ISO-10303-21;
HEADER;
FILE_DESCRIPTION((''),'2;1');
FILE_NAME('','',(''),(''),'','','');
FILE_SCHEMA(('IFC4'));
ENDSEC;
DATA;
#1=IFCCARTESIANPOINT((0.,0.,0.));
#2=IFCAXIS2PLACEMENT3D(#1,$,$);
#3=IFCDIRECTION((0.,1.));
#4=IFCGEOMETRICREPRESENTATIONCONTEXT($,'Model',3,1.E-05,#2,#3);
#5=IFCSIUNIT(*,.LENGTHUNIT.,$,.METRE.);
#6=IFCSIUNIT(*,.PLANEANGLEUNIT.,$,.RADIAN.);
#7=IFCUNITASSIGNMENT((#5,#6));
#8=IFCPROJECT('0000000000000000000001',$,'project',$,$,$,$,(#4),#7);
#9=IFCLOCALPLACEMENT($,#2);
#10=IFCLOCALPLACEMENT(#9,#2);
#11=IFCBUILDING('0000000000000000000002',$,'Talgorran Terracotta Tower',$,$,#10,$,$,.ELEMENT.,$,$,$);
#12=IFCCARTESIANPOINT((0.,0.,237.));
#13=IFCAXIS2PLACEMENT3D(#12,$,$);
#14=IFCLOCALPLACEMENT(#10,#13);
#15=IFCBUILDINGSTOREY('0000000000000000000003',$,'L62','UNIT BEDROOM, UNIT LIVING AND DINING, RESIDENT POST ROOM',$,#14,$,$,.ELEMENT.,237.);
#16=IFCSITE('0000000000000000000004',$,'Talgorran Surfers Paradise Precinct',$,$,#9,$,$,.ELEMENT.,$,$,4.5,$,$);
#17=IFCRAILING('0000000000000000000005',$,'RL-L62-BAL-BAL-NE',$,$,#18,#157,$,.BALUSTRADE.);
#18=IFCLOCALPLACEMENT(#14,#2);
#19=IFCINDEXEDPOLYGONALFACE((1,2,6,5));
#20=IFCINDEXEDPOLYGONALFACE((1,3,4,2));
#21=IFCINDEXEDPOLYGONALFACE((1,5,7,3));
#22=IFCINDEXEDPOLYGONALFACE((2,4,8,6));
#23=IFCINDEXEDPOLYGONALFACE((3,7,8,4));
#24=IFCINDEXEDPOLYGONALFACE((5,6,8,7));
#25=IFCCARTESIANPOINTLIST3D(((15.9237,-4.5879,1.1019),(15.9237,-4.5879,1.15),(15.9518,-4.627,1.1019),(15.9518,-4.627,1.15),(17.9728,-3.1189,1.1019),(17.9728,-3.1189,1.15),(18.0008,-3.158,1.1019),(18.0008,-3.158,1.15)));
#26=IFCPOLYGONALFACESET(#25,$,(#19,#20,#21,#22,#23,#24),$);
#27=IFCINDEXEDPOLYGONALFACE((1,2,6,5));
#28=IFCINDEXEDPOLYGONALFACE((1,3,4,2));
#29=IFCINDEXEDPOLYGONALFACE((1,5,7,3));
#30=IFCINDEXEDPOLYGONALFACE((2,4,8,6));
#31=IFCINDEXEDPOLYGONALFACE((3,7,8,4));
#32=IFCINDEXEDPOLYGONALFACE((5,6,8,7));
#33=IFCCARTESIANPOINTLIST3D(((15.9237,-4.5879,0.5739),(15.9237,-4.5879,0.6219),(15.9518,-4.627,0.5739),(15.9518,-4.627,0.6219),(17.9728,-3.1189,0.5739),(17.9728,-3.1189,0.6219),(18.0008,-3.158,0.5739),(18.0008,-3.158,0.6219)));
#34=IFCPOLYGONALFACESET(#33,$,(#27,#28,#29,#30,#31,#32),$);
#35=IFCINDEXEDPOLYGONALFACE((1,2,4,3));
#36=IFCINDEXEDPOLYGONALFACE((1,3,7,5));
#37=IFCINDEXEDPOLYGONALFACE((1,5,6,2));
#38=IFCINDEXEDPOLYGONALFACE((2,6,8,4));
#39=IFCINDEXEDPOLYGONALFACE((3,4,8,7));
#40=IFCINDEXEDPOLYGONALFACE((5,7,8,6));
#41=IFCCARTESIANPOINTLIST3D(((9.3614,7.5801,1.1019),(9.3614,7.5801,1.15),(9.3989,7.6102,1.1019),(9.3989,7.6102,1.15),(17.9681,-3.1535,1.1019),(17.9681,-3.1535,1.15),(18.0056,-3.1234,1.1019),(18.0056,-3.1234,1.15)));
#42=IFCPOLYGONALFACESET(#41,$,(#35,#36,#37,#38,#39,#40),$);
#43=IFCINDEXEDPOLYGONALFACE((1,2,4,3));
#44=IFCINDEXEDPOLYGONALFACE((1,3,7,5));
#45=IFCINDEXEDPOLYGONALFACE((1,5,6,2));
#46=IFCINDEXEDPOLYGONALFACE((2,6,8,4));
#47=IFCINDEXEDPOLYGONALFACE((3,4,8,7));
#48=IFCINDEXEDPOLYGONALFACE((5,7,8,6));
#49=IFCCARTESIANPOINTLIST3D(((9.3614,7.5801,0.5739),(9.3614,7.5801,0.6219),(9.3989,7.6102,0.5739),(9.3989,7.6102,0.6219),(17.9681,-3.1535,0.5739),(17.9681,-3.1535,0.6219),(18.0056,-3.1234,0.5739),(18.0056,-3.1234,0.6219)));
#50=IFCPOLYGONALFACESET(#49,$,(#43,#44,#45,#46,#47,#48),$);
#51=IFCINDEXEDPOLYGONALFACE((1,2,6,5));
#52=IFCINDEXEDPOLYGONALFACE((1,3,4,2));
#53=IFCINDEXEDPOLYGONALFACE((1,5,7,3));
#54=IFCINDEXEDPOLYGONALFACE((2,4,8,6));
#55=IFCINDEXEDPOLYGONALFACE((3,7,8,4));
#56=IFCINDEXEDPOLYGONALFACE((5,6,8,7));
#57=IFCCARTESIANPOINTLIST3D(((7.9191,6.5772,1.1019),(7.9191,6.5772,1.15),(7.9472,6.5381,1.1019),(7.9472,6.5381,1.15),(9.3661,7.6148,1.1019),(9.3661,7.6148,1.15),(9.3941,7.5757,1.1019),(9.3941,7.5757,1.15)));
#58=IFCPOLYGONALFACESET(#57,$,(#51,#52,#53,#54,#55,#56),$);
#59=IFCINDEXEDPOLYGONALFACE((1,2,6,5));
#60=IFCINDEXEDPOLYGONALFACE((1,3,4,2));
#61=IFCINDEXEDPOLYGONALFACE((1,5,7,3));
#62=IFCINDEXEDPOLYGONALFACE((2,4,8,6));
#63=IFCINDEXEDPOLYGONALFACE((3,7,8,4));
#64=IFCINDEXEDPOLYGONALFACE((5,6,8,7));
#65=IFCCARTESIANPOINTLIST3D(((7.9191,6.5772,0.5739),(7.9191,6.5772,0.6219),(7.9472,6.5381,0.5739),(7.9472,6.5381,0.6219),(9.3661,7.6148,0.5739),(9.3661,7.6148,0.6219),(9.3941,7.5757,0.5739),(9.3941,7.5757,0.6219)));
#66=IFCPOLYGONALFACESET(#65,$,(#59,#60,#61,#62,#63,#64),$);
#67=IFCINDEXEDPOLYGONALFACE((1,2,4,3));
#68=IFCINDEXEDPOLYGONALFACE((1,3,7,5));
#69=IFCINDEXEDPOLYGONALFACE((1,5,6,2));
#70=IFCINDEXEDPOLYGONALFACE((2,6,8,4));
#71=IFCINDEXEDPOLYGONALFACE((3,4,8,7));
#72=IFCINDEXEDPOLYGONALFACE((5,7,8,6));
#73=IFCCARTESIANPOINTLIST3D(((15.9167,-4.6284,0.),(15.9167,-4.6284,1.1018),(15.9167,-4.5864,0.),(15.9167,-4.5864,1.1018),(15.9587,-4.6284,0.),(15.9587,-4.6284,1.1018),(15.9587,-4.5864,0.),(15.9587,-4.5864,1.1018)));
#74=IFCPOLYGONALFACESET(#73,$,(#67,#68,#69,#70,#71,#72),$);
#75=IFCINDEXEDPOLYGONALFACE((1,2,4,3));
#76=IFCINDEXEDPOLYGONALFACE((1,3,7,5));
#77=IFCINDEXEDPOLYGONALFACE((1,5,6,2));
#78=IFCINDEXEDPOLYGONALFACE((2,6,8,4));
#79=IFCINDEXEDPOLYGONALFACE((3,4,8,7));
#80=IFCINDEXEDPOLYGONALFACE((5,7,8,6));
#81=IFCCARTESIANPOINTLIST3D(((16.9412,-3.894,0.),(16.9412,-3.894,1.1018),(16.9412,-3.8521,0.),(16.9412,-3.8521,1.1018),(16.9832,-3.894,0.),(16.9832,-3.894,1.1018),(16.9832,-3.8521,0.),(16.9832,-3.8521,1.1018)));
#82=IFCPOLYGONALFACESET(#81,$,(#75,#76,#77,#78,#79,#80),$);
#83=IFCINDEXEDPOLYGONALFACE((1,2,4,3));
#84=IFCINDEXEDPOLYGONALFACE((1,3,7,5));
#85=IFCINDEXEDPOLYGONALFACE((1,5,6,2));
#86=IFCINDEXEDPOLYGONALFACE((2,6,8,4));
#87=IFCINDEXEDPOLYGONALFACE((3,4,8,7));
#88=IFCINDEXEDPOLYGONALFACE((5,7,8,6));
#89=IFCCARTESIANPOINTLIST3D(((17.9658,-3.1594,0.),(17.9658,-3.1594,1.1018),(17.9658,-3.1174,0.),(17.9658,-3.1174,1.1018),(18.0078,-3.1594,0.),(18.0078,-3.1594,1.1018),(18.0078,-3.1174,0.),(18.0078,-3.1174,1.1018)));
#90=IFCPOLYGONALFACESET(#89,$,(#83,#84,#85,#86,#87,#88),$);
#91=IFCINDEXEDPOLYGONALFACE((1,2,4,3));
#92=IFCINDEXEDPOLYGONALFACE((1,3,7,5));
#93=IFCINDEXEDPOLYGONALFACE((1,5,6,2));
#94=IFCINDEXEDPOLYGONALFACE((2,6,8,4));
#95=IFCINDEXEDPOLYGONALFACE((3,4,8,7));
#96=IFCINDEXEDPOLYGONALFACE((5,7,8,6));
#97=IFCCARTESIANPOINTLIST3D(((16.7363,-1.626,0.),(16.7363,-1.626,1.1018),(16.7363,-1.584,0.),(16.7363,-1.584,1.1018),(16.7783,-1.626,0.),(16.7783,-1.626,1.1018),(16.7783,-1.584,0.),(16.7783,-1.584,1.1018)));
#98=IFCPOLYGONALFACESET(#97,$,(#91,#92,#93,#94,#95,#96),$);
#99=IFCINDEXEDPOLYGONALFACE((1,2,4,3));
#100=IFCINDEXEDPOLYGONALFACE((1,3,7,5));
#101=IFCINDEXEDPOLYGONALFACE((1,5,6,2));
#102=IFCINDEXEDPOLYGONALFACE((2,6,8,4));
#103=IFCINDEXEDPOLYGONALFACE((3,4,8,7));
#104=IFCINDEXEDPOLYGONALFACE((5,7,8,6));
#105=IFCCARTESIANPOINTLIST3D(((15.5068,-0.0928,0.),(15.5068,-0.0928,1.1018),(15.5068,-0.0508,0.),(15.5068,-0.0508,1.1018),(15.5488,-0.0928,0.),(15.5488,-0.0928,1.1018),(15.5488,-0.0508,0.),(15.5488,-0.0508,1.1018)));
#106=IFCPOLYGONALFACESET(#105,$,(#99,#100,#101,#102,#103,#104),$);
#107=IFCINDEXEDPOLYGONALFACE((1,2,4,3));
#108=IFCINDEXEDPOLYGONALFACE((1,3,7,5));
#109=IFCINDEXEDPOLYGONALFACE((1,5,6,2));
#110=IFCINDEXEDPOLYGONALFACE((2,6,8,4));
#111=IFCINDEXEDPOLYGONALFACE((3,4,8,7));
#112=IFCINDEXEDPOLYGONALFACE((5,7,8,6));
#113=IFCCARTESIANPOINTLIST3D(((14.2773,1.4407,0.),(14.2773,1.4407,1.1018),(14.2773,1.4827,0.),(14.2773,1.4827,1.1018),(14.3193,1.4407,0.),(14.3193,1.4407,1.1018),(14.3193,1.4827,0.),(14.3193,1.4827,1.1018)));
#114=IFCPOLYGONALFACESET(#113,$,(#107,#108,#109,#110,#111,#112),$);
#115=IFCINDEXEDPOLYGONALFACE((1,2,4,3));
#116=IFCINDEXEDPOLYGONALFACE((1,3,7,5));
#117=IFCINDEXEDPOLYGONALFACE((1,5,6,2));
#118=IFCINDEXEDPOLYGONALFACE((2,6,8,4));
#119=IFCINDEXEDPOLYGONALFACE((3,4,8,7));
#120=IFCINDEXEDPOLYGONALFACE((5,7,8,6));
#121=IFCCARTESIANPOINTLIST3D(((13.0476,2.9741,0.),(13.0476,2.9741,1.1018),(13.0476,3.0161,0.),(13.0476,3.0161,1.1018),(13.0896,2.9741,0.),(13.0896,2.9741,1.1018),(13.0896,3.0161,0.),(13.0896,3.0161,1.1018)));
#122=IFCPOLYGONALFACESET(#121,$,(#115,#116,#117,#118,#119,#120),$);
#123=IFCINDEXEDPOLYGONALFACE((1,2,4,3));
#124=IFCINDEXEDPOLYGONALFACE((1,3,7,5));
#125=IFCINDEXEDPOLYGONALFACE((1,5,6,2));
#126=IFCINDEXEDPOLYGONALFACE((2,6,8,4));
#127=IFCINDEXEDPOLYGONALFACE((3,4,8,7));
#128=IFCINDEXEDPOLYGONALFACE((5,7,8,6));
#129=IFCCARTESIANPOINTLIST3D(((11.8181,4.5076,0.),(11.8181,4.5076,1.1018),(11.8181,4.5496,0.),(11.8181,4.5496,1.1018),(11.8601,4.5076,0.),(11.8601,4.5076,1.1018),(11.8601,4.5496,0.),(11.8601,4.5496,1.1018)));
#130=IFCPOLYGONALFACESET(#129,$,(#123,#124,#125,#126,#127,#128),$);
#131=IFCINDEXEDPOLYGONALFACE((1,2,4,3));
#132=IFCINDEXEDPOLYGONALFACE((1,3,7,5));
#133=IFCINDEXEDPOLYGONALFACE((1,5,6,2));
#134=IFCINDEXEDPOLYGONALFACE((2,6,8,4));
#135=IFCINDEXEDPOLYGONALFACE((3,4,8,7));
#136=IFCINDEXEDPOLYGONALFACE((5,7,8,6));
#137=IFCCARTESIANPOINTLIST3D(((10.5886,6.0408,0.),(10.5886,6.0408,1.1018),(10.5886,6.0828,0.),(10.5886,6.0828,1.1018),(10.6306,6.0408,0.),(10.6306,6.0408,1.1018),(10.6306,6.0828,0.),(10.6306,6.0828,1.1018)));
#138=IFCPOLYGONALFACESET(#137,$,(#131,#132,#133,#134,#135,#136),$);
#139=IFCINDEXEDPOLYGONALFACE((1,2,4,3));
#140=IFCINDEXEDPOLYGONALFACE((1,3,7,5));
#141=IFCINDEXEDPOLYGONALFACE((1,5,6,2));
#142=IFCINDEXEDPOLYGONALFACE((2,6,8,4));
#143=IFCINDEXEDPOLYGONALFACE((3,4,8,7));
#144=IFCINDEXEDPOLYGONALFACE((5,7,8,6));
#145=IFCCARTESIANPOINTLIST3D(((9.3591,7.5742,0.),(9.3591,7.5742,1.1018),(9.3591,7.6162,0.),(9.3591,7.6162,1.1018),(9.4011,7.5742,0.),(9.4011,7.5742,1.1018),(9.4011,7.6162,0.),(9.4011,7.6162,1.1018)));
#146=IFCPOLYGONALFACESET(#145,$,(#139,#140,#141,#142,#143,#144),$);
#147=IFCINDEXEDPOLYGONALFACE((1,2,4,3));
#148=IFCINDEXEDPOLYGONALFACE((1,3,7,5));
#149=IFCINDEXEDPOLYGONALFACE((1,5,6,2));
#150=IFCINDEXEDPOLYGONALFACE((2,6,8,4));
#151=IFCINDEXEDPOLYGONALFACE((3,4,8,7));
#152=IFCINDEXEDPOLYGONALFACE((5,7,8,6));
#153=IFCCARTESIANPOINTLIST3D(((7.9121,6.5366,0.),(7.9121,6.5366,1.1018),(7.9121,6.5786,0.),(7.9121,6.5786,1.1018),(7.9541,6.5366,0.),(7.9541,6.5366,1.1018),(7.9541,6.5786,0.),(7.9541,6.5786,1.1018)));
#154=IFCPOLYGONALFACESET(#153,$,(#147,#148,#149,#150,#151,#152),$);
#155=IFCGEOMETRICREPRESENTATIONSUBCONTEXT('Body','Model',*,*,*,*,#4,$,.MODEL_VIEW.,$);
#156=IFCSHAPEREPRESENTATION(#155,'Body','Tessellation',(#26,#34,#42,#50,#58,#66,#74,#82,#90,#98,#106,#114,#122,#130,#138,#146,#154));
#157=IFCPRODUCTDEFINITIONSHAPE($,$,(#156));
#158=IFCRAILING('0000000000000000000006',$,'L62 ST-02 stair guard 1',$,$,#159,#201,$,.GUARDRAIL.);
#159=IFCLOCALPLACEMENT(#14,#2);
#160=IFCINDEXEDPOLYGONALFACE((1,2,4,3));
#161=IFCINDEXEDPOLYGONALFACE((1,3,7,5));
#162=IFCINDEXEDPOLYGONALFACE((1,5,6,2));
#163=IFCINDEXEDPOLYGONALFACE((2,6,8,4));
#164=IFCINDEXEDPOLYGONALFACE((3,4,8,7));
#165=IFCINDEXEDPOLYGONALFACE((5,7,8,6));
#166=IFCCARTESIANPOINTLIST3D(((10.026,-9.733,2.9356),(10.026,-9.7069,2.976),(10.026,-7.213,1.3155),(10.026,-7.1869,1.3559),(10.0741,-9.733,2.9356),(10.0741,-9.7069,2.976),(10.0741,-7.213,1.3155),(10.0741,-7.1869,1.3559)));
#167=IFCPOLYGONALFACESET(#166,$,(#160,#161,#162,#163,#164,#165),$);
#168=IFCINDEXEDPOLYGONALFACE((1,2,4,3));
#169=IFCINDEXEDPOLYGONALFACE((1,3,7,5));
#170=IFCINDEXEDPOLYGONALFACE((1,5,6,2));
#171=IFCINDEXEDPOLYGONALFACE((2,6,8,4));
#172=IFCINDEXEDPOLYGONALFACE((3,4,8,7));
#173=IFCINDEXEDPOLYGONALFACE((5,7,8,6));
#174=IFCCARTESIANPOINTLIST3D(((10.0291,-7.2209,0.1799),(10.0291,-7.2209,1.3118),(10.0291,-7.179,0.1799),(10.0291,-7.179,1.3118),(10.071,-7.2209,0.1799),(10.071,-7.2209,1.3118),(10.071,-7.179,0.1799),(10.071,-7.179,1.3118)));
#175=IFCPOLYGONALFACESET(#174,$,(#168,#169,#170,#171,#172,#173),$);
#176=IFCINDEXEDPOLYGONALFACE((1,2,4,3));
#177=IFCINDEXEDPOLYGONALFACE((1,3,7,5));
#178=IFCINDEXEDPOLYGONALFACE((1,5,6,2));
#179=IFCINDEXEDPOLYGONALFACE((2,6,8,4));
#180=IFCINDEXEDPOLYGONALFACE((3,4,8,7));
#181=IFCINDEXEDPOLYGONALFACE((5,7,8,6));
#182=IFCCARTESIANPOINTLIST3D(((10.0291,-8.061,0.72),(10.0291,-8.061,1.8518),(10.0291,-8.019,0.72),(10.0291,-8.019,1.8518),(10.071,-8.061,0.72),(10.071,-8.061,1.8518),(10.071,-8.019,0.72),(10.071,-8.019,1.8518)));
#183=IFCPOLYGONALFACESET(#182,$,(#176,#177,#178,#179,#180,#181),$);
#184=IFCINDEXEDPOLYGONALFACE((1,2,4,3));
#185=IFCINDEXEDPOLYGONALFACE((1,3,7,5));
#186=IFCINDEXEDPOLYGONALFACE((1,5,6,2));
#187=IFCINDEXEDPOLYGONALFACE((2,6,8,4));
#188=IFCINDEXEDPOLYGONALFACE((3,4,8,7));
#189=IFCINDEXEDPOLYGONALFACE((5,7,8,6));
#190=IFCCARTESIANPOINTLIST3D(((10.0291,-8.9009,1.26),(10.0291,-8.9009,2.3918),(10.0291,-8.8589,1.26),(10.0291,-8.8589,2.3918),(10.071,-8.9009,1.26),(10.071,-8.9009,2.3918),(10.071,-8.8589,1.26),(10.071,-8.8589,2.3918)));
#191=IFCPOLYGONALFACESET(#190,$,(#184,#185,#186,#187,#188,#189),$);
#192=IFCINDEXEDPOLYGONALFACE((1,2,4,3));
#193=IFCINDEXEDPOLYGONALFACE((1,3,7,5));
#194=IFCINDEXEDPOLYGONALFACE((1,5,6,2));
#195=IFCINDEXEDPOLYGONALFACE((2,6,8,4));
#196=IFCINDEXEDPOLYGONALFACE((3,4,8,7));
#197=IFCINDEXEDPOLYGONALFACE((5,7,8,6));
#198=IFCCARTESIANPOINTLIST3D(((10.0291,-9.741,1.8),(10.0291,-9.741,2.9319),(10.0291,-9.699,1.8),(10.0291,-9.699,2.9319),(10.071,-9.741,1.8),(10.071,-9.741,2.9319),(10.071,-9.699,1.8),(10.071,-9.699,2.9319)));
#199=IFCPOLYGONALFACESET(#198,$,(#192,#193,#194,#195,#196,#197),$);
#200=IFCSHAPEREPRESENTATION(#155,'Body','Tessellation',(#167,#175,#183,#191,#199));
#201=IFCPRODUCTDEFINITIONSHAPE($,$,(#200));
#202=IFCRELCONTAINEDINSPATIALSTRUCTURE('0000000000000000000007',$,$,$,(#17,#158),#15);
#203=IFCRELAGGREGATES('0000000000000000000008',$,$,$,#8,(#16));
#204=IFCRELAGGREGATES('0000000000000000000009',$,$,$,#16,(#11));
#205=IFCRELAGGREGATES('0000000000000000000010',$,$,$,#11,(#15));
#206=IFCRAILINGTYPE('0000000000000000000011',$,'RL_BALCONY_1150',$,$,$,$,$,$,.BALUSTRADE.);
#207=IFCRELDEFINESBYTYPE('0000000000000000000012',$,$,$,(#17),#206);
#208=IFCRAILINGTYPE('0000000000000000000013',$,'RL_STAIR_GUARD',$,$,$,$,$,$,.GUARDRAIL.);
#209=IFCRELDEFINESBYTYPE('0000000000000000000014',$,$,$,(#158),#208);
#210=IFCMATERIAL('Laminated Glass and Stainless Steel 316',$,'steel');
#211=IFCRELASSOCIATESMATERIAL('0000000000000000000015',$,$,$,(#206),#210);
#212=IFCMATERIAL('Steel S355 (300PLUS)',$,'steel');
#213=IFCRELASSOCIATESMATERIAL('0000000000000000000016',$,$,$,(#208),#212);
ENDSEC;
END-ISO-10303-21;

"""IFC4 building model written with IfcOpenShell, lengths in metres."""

from ifc_helpers import new_model, si_unit, direction, frame, origin, origin_2d, place, context, subcontext, project, spatial, rectangle, extrude, material, type_object, element, save


model = new_model("IFC4")

# Units and contexts
model_context = context("Model", 3, precision=1e-05, world=origin(), true_north=direction((0.0, 1.0)))
body_context = subcontext(model_context, "Body", "Model", "MODEL_VIEW")
ifc_project = project(units=[si_unit("LENGTHUNIT", "METRE"), si_unit("PLANEANGLEUNIT", "RADIAN")], contexts=[model_context])

# Site, building, storey
site_placement = place(None, origin())
site = spatial("IfcSite", under=ifc_project, at=site_placement, Name="Talgorran Surfers Paradise Precinct", CompositionType="ELEMENT", RefElevation=4.5)
building_placement = place(site_placement, origin())
building = spatial("IfcBuilding", under=site, at=building_placement, Name="Talgorran Terracotta Tower", CompositionType="ELEMENT")
storey_placement = place(building_placement, frame((0.0, 0.0, 237.0)))
storey = spatial("IfcBuildingStorey", under=building, at=storey_placement, Name="L62", Description="UNIT BEDROOM, UNIT LIVING AND DINING, RESIDENT POST ROOM", CompositionType="ELEMENT", Elevation=237.0)

# Shared definitions
ifc_material_1 = material(Name="Steel S355 (300PLUS)", Category="steel")

# Railings
ifc_material_2 = material(Name="Laminated Glass and Stainless Steel 316", Category="steel")
railing_type_1 = type_object("IfcRailingType", Name="RL_BALCONY_1150", PredefinedType="BALUSTRADE", material=ifc_material_2)
railing_1_placement = place(storey_placement, frame((15.9377, -4.6074, 0.0)))
element("IfcRailing", 1, at=railing_1_placement, inside=storey, type_object=railing_type_1, Name="RL-L62-BAL-BAL-NE", PredefinedType="BALUSTRADE", context=body_context, shape_type="SweptSolid", body=[
    extrude(rectangle(XDim=0.0481, YDim=0.0481, at=origin_2d()), frame((0.0, 0.0, 1.126), z_axis=(0.812725, 0.582648, 0.0), x_axis=(-0.582648, 0.812725, 0.0)), (0.0, 0.0, 1.0), 2.5212),
    extrude(rectangle(XDim=0.0481, YDim=0.0481, at=origin_2d()), frame((0.0, 0.0, 0.5979), z_axis=(0.812725, 0.582648, 0.0), x_axis=(-0.582648, 0.812725, 0.0)), (0.0, 0.0, 1.0), 2.5212),
    extrude(rectangle(XDim=0.0481, YDim=0.0481, at=origin_2d()), frame((2.0491, 1.469, 1.126), z_axis=(-0.625571, 0.780167, 0.0), x_axis=(-0.780167, -0.625571, 0.0)), (0.0, 0.0, 1.0), 13.7581),
    extrude(rectangle(XDim=0.0481, YDim=0.0481, at=origin_2d()), frame((2.0491, 1.469, 0.5979), z_axis=(-0.625571, 0.780167, 0.0), x_axis=(-0.780167, -0.625571, 0.0)), (0.0, 0.0, 1.0), 13.7581),
    extrude(rectangle(XDim=0.0481, YDim=0.0481, at=origin_2d()), frame((-6.5576, 12.2026, 1.126), z_axis=(-0.812667, -0.582729, 0.0), x_axis=(0.582729, -0.812667, 0.0)), (0.0, 0.0, 1.0), 1.7805),
    extrude(rectangle(XDim=0.0481, YDim=0.0481, at=origin_2d()), frame((-6.5576, 12.2026, 0.5979), z_axis=(-0.812667, -0.582729, 0.0), x_axis=(0.582729, -0.812667, 0.0)), (0.0, 0.0, 1.0), 1.7805),
    extrude(rectangle(XDim=0.042, YDim=0.042, at=origin_2d()), origin(), (0.0, 0.0, 1.0), 1.1018),
    extrude(rectangle(XDim=0.042, YDim=0.042, at=origin_2d()), frame((1.0244, 0.7344, 0.0)), (0.0, 0.0, 1.0), 1.1018),
    extrude(rectangle(XDim=0.042, YDim=0.042, at=origin_2d()), frame((2.0491, 1.469, 0.0)), (0.0, 0.0, 1.0), 1.1018),
    extrude(rectangle(XDim=0.042, YDim=0.042, at=origin_2d()), frame((0.8196, 3.0024, 0.0)), (0.0, 0.0, 1.0), 1.1018),
    extrude(rectangle(XDim=0.042, YDim=0.042, at=origin_2d()), frame((-0.4099, 4.5356, 0.0)), (0.0, 0.0, 1.0), 1.1018),
    extrude(rectangle(XDim=0.042, YDim=0.042, at=origin_2d()), frame((-1.6394, 6.0691, 0.0)), (0.0, 0.0, 1.0), 1.1018),
    extrude(rectangle(XDim=0.042, YDim=0.042, at=origin_2d()), frame((-2.8691, 7.6025, 0.0)), (0.0, 0.0, 1.0), 1.1018),
    extrude(rectangle(XDim=0.042, YDim=0.042, at=origin_2d()), frame((-4.0986, 9.136, 0.0)), (0.0, 0.0, 1.0), 1.1018),
    extrude(rectangle(XDim=0.042, YDim=0.042, at=origin_2d()), frame((-5.3281, 10.6692, 0.0)), (0.0, 0.0, 1.0), 1.1018),
    extrude(rectangle(XDim=0.042, YDim=0.042, at=origin_2d()), frame((-6.5576, 12.2026, 0.0)), (0.0, 0.0, 1.0), 1.1018),
    extrude(rectangle(XDim=0.042, YDim=0.042, at=origin_2d()), frame((-8.0046, 11.165, 0.0)), (0.0, 0.0, 1.0), 1.1018),
])
railing_type_2 = type_object("IfcRailingType", Name="RL_STAIR_GUARD", PredefinedType="GUARDRAIL", material=ifc_material_1)
railing_2_placement = place(storey_placement, frame((10.05, -7.2, 0.1799)))
element("IfcRailing", 2, at=railing_2_placement, inside=storey, type_object=railing_type_2, Name="L62 ST-02 stair guard 1", PredefinedType="GUARDRAIL", context=body_context, shape_type="SweptSolid", body=[
    extrude(rectangle(XDim=0.0481, YDim=0.0481, at=origin_2d()), frame((0.0, 0.0, 1.1558), z_axis=(0.0, -0.841163, 0.540782), x_axis=(1.0, 0.0, 0.0)), (0.0, 0.0, 1.0), 2.9958),
    extrude(rectangle(XDim=0.042, YDim=0.042, at=origin_2d()), origin(), (0.0, 0.0, 1.0), 1.1318),
    extrude(rectangle(XDim=0.042, YDim=0.042, at=origin_2d()), frame((0.0, -0.8401, 0.54)), (0.0, 0.0, 1.0), 1.1318),
    extrude(rectangle(XDim=0.042, YDim=0.042, at=origin_2d()), frame((0.0, -1.6799, 1.0801)), (0.0, 0.0, 1.0), 1.1318),
    extrude(rectangle(XDim=0.042, YDim=0.042, at=origin_2d()), frame((0.0, -2.52, 1.6201)), (0.0, 0.0, 1.0), 1.1318),
])

save(model, "model.ifc")
